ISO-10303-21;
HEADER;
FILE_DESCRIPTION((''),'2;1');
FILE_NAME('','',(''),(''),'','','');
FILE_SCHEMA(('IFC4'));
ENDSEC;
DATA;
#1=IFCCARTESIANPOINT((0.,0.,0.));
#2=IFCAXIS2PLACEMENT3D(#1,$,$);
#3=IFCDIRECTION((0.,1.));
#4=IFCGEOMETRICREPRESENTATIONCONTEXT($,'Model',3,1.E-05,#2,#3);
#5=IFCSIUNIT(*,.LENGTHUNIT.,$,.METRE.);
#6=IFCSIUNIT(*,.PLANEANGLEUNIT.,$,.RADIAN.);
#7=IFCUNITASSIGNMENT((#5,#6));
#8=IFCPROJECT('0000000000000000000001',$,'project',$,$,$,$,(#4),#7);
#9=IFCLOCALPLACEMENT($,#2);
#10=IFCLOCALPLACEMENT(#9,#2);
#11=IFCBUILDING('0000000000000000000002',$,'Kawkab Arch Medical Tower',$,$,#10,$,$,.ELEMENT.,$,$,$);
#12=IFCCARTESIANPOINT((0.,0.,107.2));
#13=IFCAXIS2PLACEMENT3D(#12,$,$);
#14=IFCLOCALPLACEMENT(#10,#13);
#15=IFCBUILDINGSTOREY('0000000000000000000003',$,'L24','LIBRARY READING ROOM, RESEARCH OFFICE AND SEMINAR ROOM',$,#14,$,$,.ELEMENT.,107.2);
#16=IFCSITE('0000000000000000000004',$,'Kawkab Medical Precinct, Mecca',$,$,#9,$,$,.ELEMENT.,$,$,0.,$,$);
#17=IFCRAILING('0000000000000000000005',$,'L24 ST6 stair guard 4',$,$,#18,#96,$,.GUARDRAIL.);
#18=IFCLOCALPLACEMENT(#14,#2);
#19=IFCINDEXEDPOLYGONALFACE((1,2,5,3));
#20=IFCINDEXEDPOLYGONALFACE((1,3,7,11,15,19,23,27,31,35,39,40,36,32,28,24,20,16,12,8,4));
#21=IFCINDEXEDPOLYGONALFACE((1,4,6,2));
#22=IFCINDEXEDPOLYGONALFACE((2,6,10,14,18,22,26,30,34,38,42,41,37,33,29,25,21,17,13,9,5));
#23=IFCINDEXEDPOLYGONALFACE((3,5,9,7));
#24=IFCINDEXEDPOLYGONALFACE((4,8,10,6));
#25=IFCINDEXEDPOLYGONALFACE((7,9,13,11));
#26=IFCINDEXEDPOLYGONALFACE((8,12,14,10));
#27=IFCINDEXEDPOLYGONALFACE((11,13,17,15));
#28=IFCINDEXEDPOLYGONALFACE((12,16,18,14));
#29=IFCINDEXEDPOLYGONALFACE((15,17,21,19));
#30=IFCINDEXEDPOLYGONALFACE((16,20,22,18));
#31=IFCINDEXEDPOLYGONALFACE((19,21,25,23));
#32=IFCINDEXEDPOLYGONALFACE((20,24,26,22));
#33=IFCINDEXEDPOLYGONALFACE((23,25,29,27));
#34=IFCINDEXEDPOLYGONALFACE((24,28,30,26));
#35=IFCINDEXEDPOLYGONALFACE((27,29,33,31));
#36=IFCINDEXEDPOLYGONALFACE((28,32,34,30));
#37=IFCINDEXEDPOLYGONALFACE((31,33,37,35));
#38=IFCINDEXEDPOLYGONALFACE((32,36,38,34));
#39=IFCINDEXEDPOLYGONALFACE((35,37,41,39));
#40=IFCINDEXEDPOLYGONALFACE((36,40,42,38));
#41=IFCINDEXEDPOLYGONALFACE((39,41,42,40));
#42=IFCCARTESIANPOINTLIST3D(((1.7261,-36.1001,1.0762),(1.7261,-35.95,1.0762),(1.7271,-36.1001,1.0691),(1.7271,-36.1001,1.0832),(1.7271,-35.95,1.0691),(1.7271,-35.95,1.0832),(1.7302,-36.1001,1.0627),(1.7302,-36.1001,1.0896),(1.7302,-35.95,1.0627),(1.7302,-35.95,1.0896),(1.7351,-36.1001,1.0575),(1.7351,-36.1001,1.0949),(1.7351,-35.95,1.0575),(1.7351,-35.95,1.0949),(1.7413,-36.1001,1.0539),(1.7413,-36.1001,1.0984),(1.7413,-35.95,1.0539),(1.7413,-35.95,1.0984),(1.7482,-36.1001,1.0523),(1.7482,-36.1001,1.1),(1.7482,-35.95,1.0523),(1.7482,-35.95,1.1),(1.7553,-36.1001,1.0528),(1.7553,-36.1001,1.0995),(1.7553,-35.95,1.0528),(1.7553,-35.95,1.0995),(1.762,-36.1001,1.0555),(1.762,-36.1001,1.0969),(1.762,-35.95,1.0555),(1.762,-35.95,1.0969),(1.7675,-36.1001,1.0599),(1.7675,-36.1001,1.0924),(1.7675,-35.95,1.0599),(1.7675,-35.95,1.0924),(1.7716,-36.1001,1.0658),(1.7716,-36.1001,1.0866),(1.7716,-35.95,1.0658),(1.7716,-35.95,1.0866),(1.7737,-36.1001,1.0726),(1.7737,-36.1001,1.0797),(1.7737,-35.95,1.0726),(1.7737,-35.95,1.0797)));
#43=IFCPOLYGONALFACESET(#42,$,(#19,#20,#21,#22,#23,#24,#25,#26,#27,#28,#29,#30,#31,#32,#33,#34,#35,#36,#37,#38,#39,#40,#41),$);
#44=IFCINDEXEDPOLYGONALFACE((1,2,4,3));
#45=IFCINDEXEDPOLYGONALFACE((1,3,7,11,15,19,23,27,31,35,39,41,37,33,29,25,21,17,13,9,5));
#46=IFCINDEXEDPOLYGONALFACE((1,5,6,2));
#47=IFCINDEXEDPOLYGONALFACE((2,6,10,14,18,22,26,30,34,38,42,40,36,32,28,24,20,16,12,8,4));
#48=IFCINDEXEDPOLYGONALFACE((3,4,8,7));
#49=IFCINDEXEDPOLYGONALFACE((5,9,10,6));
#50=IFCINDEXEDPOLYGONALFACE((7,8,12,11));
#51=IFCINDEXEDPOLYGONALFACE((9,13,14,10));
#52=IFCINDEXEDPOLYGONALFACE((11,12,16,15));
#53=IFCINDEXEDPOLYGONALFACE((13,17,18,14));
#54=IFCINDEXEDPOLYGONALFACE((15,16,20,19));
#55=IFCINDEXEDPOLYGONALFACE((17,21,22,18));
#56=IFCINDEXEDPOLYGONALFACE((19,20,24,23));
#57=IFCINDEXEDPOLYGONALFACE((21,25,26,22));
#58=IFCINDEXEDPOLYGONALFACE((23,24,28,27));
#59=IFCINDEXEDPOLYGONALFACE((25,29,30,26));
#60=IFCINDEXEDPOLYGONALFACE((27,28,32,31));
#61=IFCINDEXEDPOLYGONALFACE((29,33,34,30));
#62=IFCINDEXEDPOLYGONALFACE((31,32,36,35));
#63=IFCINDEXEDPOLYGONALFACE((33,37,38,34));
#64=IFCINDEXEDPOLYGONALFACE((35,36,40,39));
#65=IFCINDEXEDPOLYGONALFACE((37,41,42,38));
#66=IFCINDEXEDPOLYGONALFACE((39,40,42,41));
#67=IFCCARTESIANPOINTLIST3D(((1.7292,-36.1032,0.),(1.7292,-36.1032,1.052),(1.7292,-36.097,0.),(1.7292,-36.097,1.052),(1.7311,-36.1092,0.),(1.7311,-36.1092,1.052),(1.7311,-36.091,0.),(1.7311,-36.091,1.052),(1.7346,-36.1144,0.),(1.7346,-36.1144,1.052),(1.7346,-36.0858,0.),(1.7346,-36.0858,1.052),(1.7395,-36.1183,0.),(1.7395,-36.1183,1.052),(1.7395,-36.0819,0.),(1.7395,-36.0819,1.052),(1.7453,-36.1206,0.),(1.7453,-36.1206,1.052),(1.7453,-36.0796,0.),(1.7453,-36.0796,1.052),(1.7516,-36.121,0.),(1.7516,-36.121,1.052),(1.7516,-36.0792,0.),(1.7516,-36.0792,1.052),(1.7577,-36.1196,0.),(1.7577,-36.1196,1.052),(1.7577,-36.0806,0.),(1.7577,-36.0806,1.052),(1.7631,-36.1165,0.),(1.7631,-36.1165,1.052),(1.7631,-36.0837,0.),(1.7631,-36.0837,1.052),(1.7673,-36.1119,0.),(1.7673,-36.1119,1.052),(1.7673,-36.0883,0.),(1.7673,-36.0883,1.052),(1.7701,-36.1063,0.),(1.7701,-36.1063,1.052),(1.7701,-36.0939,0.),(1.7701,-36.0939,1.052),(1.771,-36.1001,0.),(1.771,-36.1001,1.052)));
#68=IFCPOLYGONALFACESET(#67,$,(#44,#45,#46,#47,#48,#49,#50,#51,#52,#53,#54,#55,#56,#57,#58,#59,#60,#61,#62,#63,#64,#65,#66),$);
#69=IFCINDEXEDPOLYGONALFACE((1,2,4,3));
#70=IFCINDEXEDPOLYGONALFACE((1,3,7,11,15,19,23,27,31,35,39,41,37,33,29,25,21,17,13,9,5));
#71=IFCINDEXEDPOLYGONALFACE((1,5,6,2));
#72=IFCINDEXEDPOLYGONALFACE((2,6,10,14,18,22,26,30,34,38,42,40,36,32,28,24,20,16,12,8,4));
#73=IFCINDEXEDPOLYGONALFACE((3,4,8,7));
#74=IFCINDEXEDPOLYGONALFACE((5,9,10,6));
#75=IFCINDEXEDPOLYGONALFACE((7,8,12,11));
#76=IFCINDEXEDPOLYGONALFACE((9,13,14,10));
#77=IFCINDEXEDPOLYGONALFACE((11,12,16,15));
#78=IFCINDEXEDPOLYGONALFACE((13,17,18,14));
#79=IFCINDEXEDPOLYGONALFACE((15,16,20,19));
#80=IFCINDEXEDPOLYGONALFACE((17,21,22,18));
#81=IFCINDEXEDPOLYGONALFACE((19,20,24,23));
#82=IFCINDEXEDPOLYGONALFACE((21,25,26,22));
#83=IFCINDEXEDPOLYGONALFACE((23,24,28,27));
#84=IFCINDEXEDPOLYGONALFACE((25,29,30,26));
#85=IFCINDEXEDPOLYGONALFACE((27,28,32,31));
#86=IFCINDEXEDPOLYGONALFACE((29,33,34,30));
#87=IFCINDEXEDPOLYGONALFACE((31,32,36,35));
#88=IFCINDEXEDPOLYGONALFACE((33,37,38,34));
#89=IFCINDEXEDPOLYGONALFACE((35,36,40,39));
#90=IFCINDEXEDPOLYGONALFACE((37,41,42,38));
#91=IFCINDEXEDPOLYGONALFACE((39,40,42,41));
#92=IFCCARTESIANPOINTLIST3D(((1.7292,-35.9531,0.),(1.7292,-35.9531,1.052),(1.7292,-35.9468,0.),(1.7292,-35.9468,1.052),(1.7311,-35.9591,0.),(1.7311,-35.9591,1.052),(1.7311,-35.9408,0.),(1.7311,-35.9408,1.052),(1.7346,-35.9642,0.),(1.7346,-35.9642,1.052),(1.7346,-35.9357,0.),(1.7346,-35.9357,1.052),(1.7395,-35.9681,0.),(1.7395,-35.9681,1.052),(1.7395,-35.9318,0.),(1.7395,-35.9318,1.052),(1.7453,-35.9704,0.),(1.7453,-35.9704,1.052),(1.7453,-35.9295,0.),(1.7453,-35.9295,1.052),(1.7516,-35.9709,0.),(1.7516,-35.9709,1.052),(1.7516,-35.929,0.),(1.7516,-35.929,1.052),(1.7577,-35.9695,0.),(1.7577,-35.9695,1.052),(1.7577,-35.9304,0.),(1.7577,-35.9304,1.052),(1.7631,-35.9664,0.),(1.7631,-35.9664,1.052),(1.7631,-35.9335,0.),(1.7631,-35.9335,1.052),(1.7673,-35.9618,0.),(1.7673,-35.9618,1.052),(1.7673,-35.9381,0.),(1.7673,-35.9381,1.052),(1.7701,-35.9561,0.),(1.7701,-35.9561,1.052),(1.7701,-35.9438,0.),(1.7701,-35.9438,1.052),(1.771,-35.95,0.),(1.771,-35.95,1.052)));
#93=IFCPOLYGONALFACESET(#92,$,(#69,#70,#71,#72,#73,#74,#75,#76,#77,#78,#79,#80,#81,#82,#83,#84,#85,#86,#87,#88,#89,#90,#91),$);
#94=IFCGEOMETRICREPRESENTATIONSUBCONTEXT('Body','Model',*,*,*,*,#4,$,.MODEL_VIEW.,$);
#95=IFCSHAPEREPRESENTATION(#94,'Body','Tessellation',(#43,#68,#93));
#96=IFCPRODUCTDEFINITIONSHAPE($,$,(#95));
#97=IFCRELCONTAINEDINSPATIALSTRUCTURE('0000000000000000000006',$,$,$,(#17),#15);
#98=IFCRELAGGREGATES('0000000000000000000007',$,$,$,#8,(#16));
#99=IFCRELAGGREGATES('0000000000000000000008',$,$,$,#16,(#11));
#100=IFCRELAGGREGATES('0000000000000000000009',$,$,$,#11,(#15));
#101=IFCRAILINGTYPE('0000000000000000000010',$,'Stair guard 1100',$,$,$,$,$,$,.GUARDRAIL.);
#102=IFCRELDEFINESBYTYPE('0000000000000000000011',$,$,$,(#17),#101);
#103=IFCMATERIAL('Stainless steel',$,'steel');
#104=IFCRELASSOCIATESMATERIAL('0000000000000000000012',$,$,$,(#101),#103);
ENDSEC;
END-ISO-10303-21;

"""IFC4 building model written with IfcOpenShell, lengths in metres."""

from ifc_helpers import new_model, si_unit, direction, frame, origin, origin_2d, place, context, subcontext, project, spatial, circle, extrude, material, type_object, element, save


model = new_model("IFC4")

# Units and contexts
model_context = context("Model", 3, precision=1e-05, world=origin(), true_north=direction((0.0, 1.0)))
body_context = subcontext(model_context, "Body", "Model", "MODEL_VIEW")
ifc_project = project(units=[si_unit("LENGTHUNIT", "METRE"), si_unit("PLANEANGLEUNIT", "RADIAN")], contexts=[model_context])

# Site, building, storey
site_placement = place(None, origin())
site = spatial("IfcSite", under=ifc_project, at=site_placement, Name="Kawkab Medical Precinct, Mecca", CompositionType="ELEMENT", RefElevation=0.0)
building_placement = place(site_placement, origin())
building = spatial("IfcBuilding", under=site, at=building_placement, Name="Kawkab Arch Medical Tower", CompositionType="ELEMENT")
storey_placement = place(building_placement, frame((0.0, 0.0, 107.2)))
storey = spatial("IfcBuildingStorey", under=building, at=storey_placement, Name="L24", Description="LIBRARY READING ROOM, RESEARCH OFFICE AND SEMINAR ROOM", CompositionType="ELEMENT", Elevation=107.2)

# Railing
ifc_material_1 = material(Name="Stainless steel", Category="steel")
railing_type_1 = type_object("IfcRailingType", Name="Stair guard 1100", PredefinedType="GUARDRAIL", material=ifc_material_1)
railing_1_placement = place(storey_placement, frame((1.75, -36.1001, 0.0)))
element("IfcRailing", 1, at=railing_1_placement, inside=storey, type_object=railing_type_1, Name="L24 ST6 stair guard 4", PredefinedType="GUARDRAIL", context=body_context, shape_type="SweptSolid", body=[
    extrude(circle(Radius=0.0239, at=origin_2d()), frame((0.0, 0.0, 1.0762), z_axis=(0.0, 1.0, 0.0), x_axis=(-1.0, 0.0, 0.0)), (0.0, 0.0, 1.0), 0.1501),
    extrude(circle(Radius=0.021, at=origin_2d()), origin(), (0.0, 0.0, 1.0), 1.052),
    extrude(circle(Radius=0.021, at=origin_2d()), frame((0.0, 0.1501, 0.0)), (0.0, 0.0, 1.0), 1.052),
])

save(model, "model.ifc")
